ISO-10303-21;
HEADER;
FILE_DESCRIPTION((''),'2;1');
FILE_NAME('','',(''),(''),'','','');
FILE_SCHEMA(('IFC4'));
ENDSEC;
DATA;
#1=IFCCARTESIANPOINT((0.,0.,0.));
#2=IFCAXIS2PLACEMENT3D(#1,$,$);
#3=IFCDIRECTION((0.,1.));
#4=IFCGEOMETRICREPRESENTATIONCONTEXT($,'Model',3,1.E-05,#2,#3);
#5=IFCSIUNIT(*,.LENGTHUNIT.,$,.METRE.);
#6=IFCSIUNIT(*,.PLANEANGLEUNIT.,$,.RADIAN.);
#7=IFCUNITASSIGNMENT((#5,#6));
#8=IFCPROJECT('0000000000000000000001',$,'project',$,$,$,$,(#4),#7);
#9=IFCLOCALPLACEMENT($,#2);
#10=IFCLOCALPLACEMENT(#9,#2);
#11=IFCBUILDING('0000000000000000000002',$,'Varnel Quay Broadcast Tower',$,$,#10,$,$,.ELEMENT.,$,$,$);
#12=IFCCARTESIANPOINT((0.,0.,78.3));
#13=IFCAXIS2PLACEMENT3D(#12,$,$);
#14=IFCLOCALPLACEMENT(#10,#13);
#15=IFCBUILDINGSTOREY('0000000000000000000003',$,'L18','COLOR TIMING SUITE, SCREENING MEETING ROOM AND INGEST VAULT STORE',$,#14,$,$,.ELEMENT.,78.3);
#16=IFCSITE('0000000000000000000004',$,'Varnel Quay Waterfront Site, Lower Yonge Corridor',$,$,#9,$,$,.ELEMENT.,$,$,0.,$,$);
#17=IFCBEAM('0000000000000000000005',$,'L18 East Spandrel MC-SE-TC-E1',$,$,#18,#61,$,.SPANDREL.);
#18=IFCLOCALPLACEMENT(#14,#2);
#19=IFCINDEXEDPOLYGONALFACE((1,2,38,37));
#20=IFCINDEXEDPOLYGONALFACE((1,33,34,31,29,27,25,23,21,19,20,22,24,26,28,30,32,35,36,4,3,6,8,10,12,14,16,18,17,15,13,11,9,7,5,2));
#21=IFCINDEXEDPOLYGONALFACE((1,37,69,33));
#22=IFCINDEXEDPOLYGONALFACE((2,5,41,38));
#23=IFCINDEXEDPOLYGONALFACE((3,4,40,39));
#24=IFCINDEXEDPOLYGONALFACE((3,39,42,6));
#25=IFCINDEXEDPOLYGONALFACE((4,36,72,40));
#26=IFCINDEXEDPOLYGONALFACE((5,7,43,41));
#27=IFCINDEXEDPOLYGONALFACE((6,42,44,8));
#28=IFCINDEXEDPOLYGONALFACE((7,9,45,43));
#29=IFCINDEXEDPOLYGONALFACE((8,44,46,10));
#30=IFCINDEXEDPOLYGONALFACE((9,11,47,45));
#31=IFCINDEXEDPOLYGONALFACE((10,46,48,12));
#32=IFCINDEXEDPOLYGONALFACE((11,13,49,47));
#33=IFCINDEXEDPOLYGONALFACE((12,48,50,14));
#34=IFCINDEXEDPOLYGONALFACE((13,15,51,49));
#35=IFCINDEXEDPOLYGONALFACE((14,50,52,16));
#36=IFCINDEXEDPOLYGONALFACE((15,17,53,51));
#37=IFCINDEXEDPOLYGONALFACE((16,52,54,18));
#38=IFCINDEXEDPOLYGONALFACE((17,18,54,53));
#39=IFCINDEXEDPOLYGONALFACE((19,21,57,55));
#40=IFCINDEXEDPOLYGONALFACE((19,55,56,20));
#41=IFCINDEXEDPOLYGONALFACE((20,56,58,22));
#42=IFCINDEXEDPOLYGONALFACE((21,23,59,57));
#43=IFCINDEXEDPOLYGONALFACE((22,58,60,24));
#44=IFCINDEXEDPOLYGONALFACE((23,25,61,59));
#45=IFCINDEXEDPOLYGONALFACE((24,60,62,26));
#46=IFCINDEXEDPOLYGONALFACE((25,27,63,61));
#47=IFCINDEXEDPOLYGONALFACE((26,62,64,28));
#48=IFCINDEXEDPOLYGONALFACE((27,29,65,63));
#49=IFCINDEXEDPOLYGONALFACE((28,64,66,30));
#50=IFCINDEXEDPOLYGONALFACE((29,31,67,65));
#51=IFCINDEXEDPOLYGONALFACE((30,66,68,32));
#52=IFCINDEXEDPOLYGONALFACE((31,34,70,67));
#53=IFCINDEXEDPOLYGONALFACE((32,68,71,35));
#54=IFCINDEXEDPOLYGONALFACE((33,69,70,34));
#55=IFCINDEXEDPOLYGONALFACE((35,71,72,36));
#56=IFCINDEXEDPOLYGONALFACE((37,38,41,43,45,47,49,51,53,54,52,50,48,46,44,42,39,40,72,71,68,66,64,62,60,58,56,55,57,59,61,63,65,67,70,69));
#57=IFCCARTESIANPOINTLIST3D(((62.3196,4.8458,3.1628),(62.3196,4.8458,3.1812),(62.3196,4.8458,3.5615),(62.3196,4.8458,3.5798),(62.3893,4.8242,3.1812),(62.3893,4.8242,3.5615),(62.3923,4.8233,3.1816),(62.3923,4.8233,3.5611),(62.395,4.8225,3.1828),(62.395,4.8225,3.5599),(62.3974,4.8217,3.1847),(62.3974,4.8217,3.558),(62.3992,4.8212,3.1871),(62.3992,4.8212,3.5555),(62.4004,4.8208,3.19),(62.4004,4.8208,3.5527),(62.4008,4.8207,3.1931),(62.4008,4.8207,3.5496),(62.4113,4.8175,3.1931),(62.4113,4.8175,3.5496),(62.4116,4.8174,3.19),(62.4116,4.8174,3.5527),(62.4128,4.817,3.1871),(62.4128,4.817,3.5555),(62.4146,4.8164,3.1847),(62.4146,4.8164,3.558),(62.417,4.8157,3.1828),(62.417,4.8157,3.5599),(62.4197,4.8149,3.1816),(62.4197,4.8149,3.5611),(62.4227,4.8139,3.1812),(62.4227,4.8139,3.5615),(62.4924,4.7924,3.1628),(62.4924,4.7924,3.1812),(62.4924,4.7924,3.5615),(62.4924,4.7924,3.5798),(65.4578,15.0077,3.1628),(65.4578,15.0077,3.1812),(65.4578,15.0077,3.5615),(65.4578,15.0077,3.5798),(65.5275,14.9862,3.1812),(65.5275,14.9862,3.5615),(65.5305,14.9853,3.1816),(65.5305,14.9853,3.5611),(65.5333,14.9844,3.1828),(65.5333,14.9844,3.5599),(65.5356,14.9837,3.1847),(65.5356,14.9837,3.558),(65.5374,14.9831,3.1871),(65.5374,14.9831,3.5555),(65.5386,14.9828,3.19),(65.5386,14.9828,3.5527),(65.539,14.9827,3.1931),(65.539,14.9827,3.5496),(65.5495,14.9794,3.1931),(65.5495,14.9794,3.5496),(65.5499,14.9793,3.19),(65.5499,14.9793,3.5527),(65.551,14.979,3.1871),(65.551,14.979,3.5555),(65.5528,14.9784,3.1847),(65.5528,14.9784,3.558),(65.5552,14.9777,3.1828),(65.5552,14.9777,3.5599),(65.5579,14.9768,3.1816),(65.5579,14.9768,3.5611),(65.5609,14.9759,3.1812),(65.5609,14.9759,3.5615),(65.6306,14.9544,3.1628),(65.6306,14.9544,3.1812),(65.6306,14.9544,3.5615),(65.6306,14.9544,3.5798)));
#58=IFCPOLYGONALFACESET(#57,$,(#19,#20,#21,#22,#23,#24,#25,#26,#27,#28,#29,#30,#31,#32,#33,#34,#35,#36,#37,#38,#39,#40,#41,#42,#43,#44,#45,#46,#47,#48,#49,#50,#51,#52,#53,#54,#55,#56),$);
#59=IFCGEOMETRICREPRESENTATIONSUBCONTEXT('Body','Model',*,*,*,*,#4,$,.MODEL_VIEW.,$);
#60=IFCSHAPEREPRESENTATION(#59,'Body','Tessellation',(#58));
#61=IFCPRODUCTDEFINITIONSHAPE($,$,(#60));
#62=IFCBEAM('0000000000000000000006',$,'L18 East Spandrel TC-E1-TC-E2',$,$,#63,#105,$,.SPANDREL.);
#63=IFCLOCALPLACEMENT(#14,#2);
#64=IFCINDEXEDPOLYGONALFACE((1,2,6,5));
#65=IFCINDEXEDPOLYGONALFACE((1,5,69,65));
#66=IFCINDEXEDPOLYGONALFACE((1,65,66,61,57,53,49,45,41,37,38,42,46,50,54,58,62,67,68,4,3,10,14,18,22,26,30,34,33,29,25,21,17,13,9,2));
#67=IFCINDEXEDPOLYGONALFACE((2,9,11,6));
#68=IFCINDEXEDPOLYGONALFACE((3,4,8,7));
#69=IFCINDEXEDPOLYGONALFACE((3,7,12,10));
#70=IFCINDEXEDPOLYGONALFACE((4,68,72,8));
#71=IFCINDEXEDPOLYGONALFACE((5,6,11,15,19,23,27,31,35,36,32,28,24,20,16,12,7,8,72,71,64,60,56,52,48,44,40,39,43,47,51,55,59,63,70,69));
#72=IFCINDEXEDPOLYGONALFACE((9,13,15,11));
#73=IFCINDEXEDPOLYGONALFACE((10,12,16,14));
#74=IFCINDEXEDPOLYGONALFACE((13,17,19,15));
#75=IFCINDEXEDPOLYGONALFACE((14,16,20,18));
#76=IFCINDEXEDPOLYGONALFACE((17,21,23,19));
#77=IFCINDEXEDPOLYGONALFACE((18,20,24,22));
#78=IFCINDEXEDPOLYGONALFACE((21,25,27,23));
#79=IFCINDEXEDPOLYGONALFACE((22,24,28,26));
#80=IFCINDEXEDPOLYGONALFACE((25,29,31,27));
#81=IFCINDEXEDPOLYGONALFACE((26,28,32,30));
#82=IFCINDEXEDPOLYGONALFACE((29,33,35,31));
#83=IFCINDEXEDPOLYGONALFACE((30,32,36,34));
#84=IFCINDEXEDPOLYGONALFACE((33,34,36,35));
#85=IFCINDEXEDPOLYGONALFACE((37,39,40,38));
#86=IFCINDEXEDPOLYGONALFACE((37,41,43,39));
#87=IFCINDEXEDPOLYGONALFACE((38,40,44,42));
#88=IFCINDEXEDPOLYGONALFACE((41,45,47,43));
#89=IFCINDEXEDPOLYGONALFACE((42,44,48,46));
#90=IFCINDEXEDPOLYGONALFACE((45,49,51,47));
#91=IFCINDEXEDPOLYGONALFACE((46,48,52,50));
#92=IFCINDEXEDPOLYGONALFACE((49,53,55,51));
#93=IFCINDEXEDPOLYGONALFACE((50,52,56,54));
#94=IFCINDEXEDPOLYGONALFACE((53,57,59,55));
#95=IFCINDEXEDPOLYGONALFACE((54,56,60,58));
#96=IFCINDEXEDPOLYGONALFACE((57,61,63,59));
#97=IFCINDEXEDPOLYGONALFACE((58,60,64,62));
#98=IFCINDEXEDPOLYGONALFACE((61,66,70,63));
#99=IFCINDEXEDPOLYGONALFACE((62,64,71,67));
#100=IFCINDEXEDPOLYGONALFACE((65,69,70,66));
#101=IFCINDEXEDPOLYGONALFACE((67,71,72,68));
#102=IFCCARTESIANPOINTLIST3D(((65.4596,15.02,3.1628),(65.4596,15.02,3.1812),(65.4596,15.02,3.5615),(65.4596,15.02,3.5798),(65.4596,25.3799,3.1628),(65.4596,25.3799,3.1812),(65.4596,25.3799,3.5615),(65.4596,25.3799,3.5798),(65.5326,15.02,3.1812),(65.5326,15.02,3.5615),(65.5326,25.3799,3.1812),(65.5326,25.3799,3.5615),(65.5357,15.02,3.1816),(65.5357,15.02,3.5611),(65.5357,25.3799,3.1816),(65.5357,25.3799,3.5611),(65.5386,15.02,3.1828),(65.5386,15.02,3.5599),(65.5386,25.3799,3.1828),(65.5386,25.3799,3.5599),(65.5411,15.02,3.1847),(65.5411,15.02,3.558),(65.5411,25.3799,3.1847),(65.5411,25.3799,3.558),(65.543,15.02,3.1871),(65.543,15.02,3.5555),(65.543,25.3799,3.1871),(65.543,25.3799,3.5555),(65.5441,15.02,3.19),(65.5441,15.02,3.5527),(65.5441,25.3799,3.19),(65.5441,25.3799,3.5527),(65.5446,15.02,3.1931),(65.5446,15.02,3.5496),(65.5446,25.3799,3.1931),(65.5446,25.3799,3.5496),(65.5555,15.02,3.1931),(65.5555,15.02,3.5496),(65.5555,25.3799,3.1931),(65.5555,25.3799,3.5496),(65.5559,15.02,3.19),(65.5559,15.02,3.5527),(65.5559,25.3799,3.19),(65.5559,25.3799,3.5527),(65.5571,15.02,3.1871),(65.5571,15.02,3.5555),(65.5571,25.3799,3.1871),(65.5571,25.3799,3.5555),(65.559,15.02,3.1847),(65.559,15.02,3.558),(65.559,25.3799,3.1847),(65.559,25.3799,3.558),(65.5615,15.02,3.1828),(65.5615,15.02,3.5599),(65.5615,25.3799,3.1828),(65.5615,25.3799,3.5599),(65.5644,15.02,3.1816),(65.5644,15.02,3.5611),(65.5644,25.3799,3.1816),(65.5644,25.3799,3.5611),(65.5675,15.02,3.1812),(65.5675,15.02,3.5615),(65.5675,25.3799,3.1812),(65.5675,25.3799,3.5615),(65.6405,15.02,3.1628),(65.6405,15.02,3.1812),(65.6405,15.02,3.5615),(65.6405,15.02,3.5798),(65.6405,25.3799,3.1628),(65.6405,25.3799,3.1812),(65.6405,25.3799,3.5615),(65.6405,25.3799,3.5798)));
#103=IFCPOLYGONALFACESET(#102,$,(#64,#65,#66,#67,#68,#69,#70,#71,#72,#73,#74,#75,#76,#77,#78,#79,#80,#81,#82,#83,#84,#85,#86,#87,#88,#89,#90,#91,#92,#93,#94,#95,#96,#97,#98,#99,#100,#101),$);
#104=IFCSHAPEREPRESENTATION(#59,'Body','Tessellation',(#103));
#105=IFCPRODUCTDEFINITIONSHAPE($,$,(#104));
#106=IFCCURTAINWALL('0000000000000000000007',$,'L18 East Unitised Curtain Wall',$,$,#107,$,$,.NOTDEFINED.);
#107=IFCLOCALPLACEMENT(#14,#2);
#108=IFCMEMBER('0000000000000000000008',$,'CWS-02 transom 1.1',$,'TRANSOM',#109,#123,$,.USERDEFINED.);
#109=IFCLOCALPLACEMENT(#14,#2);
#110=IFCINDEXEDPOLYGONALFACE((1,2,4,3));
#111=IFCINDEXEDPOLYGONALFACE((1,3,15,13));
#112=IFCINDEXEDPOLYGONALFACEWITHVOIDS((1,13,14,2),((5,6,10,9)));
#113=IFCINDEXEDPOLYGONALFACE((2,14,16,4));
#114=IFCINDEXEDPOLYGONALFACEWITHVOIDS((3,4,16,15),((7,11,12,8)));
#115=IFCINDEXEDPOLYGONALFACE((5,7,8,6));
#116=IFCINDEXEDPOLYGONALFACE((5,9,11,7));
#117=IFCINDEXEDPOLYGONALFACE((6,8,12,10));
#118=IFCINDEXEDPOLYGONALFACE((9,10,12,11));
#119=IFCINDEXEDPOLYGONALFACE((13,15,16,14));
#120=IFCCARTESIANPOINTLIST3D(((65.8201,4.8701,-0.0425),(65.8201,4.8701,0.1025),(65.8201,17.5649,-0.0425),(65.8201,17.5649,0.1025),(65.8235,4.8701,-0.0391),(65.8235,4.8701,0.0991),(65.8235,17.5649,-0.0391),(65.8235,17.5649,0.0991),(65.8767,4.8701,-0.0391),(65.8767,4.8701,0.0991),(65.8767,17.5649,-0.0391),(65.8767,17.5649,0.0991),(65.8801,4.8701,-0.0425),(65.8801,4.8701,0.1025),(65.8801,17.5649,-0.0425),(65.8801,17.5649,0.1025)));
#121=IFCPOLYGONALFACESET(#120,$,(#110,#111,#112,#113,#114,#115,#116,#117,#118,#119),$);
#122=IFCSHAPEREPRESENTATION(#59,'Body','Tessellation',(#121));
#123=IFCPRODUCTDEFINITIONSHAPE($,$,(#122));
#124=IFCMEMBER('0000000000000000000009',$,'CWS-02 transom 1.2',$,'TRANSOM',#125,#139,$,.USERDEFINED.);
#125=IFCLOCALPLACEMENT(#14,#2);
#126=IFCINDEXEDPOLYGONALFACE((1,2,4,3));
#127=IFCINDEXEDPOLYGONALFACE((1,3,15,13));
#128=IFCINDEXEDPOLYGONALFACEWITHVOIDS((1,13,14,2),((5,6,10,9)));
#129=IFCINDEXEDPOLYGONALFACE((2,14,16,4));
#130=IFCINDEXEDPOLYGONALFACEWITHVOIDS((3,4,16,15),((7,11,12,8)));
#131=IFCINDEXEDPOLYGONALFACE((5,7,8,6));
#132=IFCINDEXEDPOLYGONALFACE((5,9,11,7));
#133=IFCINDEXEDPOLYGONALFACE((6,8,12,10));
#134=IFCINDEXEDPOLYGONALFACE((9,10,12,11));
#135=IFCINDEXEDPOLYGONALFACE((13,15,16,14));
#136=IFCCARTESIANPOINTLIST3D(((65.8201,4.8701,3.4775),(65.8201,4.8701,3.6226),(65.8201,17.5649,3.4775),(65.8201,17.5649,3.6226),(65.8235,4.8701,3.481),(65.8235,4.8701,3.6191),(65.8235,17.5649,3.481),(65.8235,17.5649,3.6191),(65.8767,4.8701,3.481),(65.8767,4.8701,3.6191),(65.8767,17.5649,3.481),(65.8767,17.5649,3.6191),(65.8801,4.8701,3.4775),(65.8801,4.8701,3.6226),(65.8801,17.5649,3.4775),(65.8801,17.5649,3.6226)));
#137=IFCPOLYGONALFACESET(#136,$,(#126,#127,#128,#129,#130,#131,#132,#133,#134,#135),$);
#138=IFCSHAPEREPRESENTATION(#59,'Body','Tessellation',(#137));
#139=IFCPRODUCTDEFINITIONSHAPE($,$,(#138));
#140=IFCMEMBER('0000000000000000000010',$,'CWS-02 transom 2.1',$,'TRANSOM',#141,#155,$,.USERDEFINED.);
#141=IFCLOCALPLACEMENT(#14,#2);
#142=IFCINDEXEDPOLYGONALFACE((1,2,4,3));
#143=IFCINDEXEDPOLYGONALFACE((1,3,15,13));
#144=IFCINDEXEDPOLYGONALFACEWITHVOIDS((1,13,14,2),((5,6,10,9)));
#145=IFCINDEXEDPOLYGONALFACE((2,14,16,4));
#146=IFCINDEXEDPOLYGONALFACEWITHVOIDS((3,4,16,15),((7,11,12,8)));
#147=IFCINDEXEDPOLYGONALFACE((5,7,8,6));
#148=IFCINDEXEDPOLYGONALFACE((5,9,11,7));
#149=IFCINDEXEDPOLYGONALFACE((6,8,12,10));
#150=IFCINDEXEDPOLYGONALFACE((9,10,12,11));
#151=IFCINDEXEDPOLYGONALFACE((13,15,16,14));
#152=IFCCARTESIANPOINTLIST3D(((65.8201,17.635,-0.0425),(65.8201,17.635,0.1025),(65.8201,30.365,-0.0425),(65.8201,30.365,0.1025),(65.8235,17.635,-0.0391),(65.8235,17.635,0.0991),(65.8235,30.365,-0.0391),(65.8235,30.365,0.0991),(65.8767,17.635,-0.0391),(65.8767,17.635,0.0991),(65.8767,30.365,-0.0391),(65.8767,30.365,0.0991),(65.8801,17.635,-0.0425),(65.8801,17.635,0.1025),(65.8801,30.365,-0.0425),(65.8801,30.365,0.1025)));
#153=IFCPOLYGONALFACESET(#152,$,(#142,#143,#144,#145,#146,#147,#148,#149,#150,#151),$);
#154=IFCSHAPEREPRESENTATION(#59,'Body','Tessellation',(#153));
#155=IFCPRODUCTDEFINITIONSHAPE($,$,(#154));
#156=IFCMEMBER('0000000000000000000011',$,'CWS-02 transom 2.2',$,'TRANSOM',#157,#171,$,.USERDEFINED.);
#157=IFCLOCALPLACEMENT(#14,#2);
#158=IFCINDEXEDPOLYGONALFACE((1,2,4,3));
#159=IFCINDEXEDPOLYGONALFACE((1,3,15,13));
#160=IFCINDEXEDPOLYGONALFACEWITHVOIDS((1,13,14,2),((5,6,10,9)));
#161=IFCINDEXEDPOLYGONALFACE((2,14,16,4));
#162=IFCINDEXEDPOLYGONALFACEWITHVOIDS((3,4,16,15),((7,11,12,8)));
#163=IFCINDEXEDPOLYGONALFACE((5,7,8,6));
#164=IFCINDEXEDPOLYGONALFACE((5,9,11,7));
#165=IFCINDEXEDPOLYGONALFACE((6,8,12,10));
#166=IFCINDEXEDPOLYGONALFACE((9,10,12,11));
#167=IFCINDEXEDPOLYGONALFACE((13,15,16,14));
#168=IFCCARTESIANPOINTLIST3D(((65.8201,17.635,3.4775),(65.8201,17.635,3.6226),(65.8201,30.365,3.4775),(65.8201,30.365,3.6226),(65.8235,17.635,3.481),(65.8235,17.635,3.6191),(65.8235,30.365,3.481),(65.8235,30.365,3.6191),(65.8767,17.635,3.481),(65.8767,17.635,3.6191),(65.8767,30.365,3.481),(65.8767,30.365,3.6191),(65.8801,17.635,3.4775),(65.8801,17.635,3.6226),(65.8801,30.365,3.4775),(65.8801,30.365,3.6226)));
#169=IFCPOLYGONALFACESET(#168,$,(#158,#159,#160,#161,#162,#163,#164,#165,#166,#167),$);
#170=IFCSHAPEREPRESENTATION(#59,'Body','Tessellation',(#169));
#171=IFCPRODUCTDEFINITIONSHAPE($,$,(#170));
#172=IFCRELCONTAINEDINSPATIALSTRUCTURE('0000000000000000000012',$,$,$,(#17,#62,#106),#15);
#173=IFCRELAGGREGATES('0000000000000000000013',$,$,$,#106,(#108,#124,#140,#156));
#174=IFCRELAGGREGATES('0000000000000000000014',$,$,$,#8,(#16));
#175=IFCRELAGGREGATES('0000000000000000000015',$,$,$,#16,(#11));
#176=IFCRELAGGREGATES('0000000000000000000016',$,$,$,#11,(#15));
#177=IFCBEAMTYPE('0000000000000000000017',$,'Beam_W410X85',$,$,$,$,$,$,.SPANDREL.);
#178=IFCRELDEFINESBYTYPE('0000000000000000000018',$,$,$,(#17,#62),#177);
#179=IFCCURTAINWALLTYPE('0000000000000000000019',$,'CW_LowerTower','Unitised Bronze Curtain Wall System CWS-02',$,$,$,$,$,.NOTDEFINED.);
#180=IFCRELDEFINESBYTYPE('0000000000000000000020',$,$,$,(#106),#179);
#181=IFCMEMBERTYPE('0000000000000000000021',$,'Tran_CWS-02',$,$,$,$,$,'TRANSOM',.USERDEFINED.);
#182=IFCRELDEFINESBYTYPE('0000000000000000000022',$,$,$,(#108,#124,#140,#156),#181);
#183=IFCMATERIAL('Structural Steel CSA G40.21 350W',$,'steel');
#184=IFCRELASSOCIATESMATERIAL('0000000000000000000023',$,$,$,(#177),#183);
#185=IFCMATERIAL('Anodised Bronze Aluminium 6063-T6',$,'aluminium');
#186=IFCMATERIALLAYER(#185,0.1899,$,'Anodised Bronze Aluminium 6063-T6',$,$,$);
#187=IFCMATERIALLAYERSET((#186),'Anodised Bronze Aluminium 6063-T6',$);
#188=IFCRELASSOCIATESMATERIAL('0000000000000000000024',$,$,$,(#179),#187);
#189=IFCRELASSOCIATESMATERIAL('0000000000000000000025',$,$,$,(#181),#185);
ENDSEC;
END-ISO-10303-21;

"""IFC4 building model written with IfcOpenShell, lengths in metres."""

from ifc_helpers import new_model, si_unit, direction, frame, origin, origin_2d, place, context, subcontext, project, spatial, hollow_rectangle, i_section, extrude, source, transform, mapped, material, layer, layer_set, material_profile, profile_set, type_object, element, aggregate, save


model = new_model("IFC4")

# Units and contexts
model_context = context("Model", 3, precision=1e-05, world=origin(), true_north=direction((0.0, 1.0)))
body_context = subcontext(model_context, "Body", "Model", "MODEL_VIEW")
ifc_project = project(units=[si_unit("LENGTHUNIT", "METRE"), si_unit("PLANEANGLEUNIT", "RADIAN")], contexts=[model_context])

# Site, building, storey
site_placement = place(None, origin())
site = spatial("IfcSite", under=ifc_project, at=site_placement, Name="Varnel Quay Waterfront Site, Lower Yonge Corridor", CompositionType="ELEMENT", RefElevation=0.0)
building_placement = place(site_placement, origin())
building = spatial("IfcBuilding", under=site, at=building_placement, Name="Varnel Quay Broadcast Tower", CompositionType="ELEMENT")
storey_placement = place(building_placement, frame((0.0, 0.0, 78.3)))
storey = spatial("IfcBuildingStorey", under=building, at=storey_placement, Name="L18", Description="COLOR TIMING SUITE, SCREENING MEETING ROOM AND INGEST VAULT STORE", CompositionType="ELEMENT", Elevation=78.3)

# Shared definitions
ifc_material_1 = material(Name="Structural Steel CSA G40.21 350W", Category="steel")

# Beams
ifc_material_profile_1 = material_profile(ifc_material_1, i_section(OverallWidth=0.1809, OverallDepth=0.417, WebThickness=0.011, FlangeThickness=0.0183, FilletRadius=0.012, at=origin_2d()), Name="W410X85")
ifc_profile_set_1 = profile_set([ifc_material_profile_1], Name="Structural Steel CSA G40.21 350W")
beam_type = type_object("IfcBeamType", Name="Beam_W410X85", PredefinedType="SPANDREL", material=ifc_profile_set_1)
shared_shape_1 = source(origin(), body_context, "Body", "SweptSolid", [
    extrude(i_section(OverallWidth=0.1809, OverallDepth=0.417, WebThickness=0.011, FlangeThickness=0.0183, FilletRadius=0.012, at=origin_2d()), origin(), (0.0, 0.0, 1.0), 10.6355),
])
beam_1_placement = place(storey_placement, frame((62.406, 4.8191, 3.3713), z_axis=(0.29507, 0.955476, 0.0), x_axis=(-0.955476, 0.29507, 0.0)))
element("IfcBeam", 1, at=beam_1_placement, inside=storey, type_object=beam_type, Name="L18 East Spandrel MC-SE-TC-E1", PredefinedType="SPANDREL", context=body_context, shape_type="MappedRepresentation", body=[
    mapped(shared_shape_1, transform((0.0, 0.0, 0.0), x_axis=(1.0, 0.0, 0.0), y_axis=(0.0, 1.0, 0.0), z_axis=(0.0, 0.0, 1.0), scale=1.0)),
])
shared_shape_2 = source(origin(), body_context, "Body", "SweptSolid", [
    extrude(i_section(OverallWidth=0.1809, OverallDepth=0.417, WebThickness=0.011, FlangeThickness=0.0183, FilletRadius=0.012, at=origin_2d()), origin(), (0.0, 0.0, 1.0), 10.3599),
])
beam_2_placement = place(storey_placement, frame((65.55, 15.02, 3.3713), z_axis=(0.0, 1.0, 0.0), x_axis=(-1.0, 0.0, 0.0)))
element("IfcBeam", 2, at=beam_2_placement, inside=storey, type_object=beam_type, Name="L18 East Spandrel TC-E1-TC-E2", PredefinedType="SPANDREL", context=body_context, shape_type="MappedRepresentation", body=[
    mapped(shared_shape_2, transform((0.0, 0.0, 0.0), x_axis=(1.0, 0.0, 0.0), y_axis=(0.0, 1.0, 0.0), z_axis=(0.0, 0.0, 1.0), scale=1.0)),
])

# Curtain wall, members
ifc_material_2 = material(Name="Anodised Bronze Aluminium 6063-T6", Category="aluminium")
ifc_layer_1 = layer(ifc_material_2, 0.1899, Name="Anodised Bronze Aluminium 6063-T6")
ifc_layer_set_1 = layer_set([ifc_layer_1], Name="Anodised Bronze Aluminium 6063-T6")
curtain_wall_type_1 = type_object("IfcCurtainWallType", Name="CW_LowerTower", Description="Unitised Bronze Curtain Wall System CWS-02", PredefinedType="NOTDEFINED", material=ifc_layer_set_1)
curtain_wall_1_placement = place(storey_placement, origin())
curtain_wall_1 = element("IfcCurtainWall", 3, at=curtain_wall_1_placement, inside=storey, type_object=curtain_wall_type_1, Name="L18 East Unitised Curtain Wall", PredefinedType="NOTDEFINED")
ifc_material_profile_2 = material_profile(ifc_material_2, hollow_rectangle(XDim=0.0601, YDim=0.145, WallThickness=0.0034, at=origin_2d()), Name="ALU60X145X3.5")
ifc_profile_set_2 = profile_set([ifc_material_profile_2], Name="Anodised Bronze Aluminium 6063-T6")
member_type_1 = type_object("IfcMemberType", Name="Tran_CWS-02", ElementType="TRANSOM", PredefinedType="USERDEFINED", material=ifc_profile_set_2)
shared_shape_3 = source(origin(), body_context, "Body", "SweptSolid", [
    extrude(hollow_rectangle(XDim=0.0601, YDim=0.145, WallThickness=0.0034, at=origin_2d()), origin(), (0.0, 0.0, 1.0), 12.6948),
])
member_1_placement = place(storey_placement, frame((65.8501, 4.8701, 0.03), z_axis=(0.0, 1.0, 0.0), x_axis=(-1.0, 0.0, 0.0)))
member_1 = element("IfcMember", 4, at=member_1_placement, type_object=member_type_1, Name="CWS-02 transom 1.1", ObjectType="TRANSOM", PredefinedType="USERDEFINED", context=body_context, shape_type="MappedRepresentation", body=[
    mapped(shared_shape_3, transform((0.0, 0.0, 0.0), x_axis=(1.0, 0.0, 0.0), y_axis=(0.0, 1.0, 0.0), z_axis=(0.0, 0.0, 1.0), scale=1.0)),
])
member_2_placement = place(storey_placement, frame((65.8501, 4.8701, 3.55), z_axis=(0.0, 1.0, 0.0), x_axis=(-1.0, 0.0, 0.0)))
member_2 = element("IfcMember", 5, at=member_2_placement, type_object=member_type_1, Name="CWS-02 transom 1.2", ObjectType="TRANSOM", PredefinedType="USERDEFINED", context=body_context, shape_type="MappedRepresentation", body=[
    mapped(shared_shape_3, transform((0.0, 0.0, 0.0), x_axis=(1.0, 0.0, 0.0), y_axis=(0.0, 1.0, 0.0), z_axis=(0.0, 0.0, 1.0), scale=1.0)),
])
shared_shape_4 = source(origin(), body_context, "Body", "SweptSolid", [
    extrude(hollow_rectangle(XDim=0.0601, YDim=0.145, WallThickness=0.0034, at=origin_2d()), origin(), (0.0, 0.0, 1.0), 12.73),
])
member_3_placement = place(storey_placement, frame((65.8501, 17.635, 0.03), z_axis=(0.0, 1.0, 0.0), x_axis=(-1.0, 0.0, 0.0)))
member_3 = element("IfcMember", 6, at=member_3_placement, type_object=member_type_1, Name="CWS-02 transom 2.1", ObjectType="TRANSOM", PredefinedType="USERDEFINED", context=body_context, shape_type="MappedRepresentation", body=[
    mapped(shared_shape_4, transform((0.0, 0.0, 0.0), x_axis=(1.0, 0.0, 0.0), y_axis=(0.0, 1.0, 0.0), z_axis=(0.0, 0.0, 1.0), scale=1.0)),
])
member_4_placement = place(storey_placement, frame((65.8501, 17.635, 3.55), z_axis=(0.0, 1.0, 0.0), x_axis=(-1.0, 0.0, 0.0)))
member_4 = element("IfcMember", 7, at=member_4_placement, type_object=member_type_1, Name="CWS-02 transom 2.2", ObjectType="TRANSOM", PredefinedType="USERDEFINED", context=body_context, shape_type="MappedRepresentation", body=[
    mapped(shared_shape_4, transform((0.0, 0.0, 0.0), x_axis=(1.0, 0.0, 0.0), y_axis=(0.0, 1.0, 0.0), z_axis=(0.0, 0.0, 1.0), scale=1.0)),
])

aggregate(curtain_wall_1, [member_1, member_2, member_3, member_4])

save(model, "model.ifc")
